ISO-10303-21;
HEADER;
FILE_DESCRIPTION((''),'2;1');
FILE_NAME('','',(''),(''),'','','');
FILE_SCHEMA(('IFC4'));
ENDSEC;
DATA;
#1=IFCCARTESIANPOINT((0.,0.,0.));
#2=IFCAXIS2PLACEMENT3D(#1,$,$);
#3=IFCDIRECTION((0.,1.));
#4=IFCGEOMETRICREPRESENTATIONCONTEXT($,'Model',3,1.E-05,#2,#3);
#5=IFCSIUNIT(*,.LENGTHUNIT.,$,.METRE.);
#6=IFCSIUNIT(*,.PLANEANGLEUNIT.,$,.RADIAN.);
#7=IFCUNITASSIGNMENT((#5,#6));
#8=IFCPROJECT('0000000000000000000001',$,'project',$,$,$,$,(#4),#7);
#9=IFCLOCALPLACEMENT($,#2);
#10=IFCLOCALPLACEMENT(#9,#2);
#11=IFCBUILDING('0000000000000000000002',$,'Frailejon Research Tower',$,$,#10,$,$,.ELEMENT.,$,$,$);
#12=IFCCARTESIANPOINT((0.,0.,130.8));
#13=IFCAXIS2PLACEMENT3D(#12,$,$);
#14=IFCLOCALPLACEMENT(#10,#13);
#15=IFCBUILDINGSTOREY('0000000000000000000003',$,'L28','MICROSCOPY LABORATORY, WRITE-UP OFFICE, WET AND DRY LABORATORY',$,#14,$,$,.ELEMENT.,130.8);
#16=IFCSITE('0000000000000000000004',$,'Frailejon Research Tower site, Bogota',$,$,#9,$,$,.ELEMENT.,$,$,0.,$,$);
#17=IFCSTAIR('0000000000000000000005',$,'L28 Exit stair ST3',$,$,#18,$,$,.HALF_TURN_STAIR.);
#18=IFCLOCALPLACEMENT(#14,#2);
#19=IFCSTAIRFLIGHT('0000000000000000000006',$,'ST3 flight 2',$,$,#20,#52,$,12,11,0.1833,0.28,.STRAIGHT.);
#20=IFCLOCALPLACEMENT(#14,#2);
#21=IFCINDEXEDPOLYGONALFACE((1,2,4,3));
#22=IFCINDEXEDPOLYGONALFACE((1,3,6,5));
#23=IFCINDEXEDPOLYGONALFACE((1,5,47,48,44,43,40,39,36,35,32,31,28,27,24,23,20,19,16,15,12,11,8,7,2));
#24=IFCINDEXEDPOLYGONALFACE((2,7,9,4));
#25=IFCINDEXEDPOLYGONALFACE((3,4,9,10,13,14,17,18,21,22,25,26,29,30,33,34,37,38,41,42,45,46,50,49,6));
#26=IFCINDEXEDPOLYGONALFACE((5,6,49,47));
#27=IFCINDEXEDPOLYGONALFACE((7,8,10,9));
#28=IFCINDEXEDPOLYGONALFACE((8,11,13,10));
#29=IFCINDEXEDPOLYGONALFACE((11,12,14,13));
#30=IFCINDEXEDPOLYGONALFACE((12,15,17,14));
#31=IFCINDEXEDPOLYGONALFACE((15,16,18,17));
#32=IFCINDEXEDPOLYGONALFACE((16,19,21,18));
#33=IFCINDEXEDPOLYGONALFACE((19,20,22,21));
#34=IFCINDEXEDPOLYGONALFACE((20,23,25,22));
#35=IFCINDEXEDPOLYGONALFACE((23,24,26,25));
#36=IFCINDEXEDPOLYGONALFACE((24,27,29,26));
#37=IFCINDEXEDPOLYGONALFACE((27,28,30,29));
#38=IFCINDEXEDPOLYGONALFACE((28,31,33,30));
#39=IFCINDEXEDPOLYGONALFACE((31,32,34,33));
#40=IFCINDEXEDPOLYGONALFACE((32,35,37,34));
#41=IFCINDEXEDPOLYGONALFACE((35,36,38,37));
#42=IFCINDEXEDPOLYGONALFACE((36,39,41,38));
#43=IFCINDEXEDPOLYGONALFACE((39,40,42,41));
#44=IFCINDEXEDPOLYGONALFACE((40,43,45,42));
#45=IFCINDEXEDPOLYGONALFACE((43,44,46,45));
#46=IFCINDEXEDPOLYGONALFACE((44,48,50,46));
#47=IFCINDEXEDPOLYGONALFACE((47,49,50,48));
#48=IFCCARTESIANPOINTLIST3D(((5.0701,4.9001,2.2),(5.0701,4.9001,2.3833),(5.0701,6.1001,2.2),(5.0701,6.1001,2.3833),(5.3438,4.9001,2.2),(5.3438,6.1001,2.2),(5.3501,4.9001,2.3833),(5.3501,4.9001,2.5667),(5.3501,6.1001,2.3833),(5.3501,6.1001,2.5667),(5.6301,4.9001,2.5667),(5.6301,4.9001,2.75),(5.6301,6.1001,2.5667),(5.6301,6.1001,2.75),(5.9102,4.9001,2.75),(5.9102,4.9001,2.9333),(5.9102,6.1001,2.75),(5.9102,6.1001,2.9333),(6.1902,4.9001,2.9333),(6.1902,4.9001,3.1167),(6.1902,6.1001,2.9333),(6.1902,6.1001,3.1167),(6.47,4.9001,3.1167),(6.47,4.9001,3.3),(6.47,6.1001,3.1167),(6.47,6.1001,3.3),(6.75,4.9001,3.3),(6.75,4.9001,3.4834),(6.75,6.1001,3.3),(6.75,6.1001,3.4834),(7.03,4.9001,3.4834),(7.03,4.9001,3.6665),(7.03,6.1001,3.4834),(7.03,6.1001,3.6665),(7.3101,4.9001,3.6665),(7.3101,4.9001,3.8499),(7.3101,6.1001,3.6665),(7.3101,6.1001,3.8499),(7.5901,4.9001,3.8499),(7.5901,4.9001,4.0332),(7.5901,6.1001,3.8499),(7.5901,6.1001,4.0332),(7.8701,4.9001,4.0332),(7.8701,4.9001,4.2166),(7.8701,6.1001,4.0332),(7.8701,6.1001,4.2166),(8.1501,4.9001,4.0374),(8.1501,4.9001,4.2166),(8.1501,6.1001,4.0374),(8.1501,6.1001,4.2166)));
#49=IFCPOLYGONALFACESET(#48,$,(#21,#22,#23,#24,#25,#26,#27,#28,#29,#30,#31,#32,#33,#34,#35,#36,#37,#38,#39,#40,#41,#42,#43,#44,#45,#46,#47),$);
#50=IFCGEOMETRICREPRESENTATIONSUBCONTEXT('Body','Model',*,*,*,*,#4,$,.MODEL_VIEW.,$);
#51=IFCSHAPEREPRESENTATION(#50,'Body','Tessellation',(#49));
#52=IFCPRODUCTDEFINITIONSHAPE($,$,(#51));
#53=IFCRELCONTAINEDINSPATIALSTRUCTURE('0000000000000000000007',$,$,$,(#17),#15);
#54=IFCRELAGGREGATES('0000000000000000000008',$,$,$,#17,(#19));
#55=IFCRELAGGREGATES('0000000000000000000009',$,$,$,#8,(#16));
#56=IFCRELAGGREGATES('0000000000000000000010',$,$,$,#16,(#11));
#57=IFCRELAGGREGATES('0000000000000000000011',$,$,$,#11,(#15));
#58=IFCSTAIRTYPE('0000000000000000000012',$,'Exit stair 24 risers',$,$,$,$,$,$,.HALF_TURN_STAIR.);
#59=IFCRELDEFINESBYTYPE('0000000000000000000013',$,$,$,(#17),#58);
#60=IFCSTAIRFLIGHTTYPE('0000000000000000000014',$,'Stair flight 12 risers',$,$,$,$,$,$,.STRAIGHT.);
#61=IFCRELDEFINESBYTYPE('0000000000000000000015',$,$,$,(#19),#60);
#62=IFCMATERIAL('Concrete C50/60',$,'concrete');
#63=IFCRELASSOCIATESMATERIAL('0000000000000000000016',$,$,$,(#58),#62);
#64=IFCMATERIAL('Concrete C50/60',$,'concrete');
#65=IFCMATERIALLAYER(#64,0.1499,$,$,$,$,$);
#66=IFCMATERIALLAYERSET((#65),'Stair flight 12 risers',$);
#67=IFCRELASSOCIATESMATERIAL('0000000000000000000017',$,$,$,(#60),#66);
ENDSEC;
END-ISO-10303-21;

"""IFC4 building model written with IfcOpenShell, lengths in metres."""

from ifc_helpers import new_model, si_unit, direction, frame, origin, place, context, subcontext, project, spatial, polyline, outline, extrude, material, layer, layer_set, type_object, element, aggregate, save


model = new_model("IFC4")

# Units and contexts
model_context = context("Model", 3, precision=1e-05, world=origin(), true_north=direction((0.0, 1.0)))
body_context = subcontext(model_context, "Body", "Model", "MODEL_VIEW")
ifc_project = project(units=[si_unit("LENGTHUNIT", "METRE"), si_unit("PLANEANGLEUNIT", "RADIAN")], contexts=[model_context])

# Site, building, storey
site_placement = place(None, origin())
site = spatial("IfcSite", under=ifc_project, at=site_placement, Name="Frailejon Research Tower site, Bogota", CompositionType="ELEMENT", RefElevation=0.0)
building_placement = place(site_placement, origin())
building = spatial("IfcBuilding", under=site, at=building_placement, Name="Frailejon Research Tower", CompositionType="ELEMENT")
storey_placement = place(building_placement, frame((0.0, 0.0, 130.8)))
storey = spatial("IfcBuildingStorey", under=building, at=storey_placement, Name="L28", Description="MICROSCOPY LABORATORY, WRITE-UP OFFICE, WET AND DRY LABORATORY", CompositionType="ELEMENT", Elevation=130.8)

# Stair
ifc_material_1 = material(Name="Concrete C50/60", Category="concrete")
stair_type = type_object("IfcStairType", Name="Exit stair 24 risers", PredefinedType="HALF_TURN_STAIR", material=ifc_material_1)
stair_placement = place(storey_placement, origin())
stair = element("IfcStair", 1, at=stair_placement, inside=storey, type_object=stair_type, Name="L28 Exit stair ST3", PredefinedType="HALF_TURN_STAIR")

# Stair flight
ifc_material_2 = material(Name="Concrete C50/60", Category="concrete")
ifc_layer_1 = layer(ifc_material_2, 0.1499)
ifc_layer_set_1 = layer_set([ifc_layer_1], Name="Stair flight 12 risers")
stair_flight_type = type_object("IfcStairFlightType", Name="Stair flight 12 risers", PredefinedType="STRAIGHT", material=ifc_layer_set_1)
stair_flight_1_placement = place(storey_placement, frame((5.0701, 5.5, 2.2), z_axis=(0.0, 0.0, 1.0), x_axis=(1.0, 0.0, 0.0)))
stair_flight_1 = element("IfcStairFlight", 2, at=stair_flight_1_placement, type_object=stair_flight_type, Name="ST3 flight 2", NumberOfRisers=12, NumberOfTreads=11, PredefinedType="STRAIGHT", RiserHeight=0.1833, TreadLength=0.28, context=body_context, shape_type="SweptSolid", body=[
    extrude(outline(polyline([(0.0, 0.0), (0.0, 0.1833), (0.28, 0.1833), (0.28, 0.3667), (0.5601, 0.3667), (0.5601, 0.55), (0.8401, 0.55), (0.8401, 0.7334), (1.1201, 0.7334), (1.1201, 0.9167), (1.3999, 0.9167), (1.3999, 1.1001), (1.6799, 1.1001), (1.6799, 1.2834), (1.96, 1.2834), (1.96, 1.4666), (2.24, 1.4666), (2.24, 1.6499), (2.52, 1.6499), (2.52, 1.8333), (2.8, 1.8333), (2.8, 2.0166), (3.0801, 2.0166), (3.0801, 2.2), (3.0801, 1.8374), (0.2737, 0.0), (0.0, 0.0)])), frame((0.0, 0.6001, 0.0), z_axis=(0.0, -1.0, 0.0), x_axis=(1.0, 0.0, 0.0)), (0.0, 0.0, 1.0), 1.2),
])
aggregate(stair, [stair_flight_1])

save(model, "model.ifc")
